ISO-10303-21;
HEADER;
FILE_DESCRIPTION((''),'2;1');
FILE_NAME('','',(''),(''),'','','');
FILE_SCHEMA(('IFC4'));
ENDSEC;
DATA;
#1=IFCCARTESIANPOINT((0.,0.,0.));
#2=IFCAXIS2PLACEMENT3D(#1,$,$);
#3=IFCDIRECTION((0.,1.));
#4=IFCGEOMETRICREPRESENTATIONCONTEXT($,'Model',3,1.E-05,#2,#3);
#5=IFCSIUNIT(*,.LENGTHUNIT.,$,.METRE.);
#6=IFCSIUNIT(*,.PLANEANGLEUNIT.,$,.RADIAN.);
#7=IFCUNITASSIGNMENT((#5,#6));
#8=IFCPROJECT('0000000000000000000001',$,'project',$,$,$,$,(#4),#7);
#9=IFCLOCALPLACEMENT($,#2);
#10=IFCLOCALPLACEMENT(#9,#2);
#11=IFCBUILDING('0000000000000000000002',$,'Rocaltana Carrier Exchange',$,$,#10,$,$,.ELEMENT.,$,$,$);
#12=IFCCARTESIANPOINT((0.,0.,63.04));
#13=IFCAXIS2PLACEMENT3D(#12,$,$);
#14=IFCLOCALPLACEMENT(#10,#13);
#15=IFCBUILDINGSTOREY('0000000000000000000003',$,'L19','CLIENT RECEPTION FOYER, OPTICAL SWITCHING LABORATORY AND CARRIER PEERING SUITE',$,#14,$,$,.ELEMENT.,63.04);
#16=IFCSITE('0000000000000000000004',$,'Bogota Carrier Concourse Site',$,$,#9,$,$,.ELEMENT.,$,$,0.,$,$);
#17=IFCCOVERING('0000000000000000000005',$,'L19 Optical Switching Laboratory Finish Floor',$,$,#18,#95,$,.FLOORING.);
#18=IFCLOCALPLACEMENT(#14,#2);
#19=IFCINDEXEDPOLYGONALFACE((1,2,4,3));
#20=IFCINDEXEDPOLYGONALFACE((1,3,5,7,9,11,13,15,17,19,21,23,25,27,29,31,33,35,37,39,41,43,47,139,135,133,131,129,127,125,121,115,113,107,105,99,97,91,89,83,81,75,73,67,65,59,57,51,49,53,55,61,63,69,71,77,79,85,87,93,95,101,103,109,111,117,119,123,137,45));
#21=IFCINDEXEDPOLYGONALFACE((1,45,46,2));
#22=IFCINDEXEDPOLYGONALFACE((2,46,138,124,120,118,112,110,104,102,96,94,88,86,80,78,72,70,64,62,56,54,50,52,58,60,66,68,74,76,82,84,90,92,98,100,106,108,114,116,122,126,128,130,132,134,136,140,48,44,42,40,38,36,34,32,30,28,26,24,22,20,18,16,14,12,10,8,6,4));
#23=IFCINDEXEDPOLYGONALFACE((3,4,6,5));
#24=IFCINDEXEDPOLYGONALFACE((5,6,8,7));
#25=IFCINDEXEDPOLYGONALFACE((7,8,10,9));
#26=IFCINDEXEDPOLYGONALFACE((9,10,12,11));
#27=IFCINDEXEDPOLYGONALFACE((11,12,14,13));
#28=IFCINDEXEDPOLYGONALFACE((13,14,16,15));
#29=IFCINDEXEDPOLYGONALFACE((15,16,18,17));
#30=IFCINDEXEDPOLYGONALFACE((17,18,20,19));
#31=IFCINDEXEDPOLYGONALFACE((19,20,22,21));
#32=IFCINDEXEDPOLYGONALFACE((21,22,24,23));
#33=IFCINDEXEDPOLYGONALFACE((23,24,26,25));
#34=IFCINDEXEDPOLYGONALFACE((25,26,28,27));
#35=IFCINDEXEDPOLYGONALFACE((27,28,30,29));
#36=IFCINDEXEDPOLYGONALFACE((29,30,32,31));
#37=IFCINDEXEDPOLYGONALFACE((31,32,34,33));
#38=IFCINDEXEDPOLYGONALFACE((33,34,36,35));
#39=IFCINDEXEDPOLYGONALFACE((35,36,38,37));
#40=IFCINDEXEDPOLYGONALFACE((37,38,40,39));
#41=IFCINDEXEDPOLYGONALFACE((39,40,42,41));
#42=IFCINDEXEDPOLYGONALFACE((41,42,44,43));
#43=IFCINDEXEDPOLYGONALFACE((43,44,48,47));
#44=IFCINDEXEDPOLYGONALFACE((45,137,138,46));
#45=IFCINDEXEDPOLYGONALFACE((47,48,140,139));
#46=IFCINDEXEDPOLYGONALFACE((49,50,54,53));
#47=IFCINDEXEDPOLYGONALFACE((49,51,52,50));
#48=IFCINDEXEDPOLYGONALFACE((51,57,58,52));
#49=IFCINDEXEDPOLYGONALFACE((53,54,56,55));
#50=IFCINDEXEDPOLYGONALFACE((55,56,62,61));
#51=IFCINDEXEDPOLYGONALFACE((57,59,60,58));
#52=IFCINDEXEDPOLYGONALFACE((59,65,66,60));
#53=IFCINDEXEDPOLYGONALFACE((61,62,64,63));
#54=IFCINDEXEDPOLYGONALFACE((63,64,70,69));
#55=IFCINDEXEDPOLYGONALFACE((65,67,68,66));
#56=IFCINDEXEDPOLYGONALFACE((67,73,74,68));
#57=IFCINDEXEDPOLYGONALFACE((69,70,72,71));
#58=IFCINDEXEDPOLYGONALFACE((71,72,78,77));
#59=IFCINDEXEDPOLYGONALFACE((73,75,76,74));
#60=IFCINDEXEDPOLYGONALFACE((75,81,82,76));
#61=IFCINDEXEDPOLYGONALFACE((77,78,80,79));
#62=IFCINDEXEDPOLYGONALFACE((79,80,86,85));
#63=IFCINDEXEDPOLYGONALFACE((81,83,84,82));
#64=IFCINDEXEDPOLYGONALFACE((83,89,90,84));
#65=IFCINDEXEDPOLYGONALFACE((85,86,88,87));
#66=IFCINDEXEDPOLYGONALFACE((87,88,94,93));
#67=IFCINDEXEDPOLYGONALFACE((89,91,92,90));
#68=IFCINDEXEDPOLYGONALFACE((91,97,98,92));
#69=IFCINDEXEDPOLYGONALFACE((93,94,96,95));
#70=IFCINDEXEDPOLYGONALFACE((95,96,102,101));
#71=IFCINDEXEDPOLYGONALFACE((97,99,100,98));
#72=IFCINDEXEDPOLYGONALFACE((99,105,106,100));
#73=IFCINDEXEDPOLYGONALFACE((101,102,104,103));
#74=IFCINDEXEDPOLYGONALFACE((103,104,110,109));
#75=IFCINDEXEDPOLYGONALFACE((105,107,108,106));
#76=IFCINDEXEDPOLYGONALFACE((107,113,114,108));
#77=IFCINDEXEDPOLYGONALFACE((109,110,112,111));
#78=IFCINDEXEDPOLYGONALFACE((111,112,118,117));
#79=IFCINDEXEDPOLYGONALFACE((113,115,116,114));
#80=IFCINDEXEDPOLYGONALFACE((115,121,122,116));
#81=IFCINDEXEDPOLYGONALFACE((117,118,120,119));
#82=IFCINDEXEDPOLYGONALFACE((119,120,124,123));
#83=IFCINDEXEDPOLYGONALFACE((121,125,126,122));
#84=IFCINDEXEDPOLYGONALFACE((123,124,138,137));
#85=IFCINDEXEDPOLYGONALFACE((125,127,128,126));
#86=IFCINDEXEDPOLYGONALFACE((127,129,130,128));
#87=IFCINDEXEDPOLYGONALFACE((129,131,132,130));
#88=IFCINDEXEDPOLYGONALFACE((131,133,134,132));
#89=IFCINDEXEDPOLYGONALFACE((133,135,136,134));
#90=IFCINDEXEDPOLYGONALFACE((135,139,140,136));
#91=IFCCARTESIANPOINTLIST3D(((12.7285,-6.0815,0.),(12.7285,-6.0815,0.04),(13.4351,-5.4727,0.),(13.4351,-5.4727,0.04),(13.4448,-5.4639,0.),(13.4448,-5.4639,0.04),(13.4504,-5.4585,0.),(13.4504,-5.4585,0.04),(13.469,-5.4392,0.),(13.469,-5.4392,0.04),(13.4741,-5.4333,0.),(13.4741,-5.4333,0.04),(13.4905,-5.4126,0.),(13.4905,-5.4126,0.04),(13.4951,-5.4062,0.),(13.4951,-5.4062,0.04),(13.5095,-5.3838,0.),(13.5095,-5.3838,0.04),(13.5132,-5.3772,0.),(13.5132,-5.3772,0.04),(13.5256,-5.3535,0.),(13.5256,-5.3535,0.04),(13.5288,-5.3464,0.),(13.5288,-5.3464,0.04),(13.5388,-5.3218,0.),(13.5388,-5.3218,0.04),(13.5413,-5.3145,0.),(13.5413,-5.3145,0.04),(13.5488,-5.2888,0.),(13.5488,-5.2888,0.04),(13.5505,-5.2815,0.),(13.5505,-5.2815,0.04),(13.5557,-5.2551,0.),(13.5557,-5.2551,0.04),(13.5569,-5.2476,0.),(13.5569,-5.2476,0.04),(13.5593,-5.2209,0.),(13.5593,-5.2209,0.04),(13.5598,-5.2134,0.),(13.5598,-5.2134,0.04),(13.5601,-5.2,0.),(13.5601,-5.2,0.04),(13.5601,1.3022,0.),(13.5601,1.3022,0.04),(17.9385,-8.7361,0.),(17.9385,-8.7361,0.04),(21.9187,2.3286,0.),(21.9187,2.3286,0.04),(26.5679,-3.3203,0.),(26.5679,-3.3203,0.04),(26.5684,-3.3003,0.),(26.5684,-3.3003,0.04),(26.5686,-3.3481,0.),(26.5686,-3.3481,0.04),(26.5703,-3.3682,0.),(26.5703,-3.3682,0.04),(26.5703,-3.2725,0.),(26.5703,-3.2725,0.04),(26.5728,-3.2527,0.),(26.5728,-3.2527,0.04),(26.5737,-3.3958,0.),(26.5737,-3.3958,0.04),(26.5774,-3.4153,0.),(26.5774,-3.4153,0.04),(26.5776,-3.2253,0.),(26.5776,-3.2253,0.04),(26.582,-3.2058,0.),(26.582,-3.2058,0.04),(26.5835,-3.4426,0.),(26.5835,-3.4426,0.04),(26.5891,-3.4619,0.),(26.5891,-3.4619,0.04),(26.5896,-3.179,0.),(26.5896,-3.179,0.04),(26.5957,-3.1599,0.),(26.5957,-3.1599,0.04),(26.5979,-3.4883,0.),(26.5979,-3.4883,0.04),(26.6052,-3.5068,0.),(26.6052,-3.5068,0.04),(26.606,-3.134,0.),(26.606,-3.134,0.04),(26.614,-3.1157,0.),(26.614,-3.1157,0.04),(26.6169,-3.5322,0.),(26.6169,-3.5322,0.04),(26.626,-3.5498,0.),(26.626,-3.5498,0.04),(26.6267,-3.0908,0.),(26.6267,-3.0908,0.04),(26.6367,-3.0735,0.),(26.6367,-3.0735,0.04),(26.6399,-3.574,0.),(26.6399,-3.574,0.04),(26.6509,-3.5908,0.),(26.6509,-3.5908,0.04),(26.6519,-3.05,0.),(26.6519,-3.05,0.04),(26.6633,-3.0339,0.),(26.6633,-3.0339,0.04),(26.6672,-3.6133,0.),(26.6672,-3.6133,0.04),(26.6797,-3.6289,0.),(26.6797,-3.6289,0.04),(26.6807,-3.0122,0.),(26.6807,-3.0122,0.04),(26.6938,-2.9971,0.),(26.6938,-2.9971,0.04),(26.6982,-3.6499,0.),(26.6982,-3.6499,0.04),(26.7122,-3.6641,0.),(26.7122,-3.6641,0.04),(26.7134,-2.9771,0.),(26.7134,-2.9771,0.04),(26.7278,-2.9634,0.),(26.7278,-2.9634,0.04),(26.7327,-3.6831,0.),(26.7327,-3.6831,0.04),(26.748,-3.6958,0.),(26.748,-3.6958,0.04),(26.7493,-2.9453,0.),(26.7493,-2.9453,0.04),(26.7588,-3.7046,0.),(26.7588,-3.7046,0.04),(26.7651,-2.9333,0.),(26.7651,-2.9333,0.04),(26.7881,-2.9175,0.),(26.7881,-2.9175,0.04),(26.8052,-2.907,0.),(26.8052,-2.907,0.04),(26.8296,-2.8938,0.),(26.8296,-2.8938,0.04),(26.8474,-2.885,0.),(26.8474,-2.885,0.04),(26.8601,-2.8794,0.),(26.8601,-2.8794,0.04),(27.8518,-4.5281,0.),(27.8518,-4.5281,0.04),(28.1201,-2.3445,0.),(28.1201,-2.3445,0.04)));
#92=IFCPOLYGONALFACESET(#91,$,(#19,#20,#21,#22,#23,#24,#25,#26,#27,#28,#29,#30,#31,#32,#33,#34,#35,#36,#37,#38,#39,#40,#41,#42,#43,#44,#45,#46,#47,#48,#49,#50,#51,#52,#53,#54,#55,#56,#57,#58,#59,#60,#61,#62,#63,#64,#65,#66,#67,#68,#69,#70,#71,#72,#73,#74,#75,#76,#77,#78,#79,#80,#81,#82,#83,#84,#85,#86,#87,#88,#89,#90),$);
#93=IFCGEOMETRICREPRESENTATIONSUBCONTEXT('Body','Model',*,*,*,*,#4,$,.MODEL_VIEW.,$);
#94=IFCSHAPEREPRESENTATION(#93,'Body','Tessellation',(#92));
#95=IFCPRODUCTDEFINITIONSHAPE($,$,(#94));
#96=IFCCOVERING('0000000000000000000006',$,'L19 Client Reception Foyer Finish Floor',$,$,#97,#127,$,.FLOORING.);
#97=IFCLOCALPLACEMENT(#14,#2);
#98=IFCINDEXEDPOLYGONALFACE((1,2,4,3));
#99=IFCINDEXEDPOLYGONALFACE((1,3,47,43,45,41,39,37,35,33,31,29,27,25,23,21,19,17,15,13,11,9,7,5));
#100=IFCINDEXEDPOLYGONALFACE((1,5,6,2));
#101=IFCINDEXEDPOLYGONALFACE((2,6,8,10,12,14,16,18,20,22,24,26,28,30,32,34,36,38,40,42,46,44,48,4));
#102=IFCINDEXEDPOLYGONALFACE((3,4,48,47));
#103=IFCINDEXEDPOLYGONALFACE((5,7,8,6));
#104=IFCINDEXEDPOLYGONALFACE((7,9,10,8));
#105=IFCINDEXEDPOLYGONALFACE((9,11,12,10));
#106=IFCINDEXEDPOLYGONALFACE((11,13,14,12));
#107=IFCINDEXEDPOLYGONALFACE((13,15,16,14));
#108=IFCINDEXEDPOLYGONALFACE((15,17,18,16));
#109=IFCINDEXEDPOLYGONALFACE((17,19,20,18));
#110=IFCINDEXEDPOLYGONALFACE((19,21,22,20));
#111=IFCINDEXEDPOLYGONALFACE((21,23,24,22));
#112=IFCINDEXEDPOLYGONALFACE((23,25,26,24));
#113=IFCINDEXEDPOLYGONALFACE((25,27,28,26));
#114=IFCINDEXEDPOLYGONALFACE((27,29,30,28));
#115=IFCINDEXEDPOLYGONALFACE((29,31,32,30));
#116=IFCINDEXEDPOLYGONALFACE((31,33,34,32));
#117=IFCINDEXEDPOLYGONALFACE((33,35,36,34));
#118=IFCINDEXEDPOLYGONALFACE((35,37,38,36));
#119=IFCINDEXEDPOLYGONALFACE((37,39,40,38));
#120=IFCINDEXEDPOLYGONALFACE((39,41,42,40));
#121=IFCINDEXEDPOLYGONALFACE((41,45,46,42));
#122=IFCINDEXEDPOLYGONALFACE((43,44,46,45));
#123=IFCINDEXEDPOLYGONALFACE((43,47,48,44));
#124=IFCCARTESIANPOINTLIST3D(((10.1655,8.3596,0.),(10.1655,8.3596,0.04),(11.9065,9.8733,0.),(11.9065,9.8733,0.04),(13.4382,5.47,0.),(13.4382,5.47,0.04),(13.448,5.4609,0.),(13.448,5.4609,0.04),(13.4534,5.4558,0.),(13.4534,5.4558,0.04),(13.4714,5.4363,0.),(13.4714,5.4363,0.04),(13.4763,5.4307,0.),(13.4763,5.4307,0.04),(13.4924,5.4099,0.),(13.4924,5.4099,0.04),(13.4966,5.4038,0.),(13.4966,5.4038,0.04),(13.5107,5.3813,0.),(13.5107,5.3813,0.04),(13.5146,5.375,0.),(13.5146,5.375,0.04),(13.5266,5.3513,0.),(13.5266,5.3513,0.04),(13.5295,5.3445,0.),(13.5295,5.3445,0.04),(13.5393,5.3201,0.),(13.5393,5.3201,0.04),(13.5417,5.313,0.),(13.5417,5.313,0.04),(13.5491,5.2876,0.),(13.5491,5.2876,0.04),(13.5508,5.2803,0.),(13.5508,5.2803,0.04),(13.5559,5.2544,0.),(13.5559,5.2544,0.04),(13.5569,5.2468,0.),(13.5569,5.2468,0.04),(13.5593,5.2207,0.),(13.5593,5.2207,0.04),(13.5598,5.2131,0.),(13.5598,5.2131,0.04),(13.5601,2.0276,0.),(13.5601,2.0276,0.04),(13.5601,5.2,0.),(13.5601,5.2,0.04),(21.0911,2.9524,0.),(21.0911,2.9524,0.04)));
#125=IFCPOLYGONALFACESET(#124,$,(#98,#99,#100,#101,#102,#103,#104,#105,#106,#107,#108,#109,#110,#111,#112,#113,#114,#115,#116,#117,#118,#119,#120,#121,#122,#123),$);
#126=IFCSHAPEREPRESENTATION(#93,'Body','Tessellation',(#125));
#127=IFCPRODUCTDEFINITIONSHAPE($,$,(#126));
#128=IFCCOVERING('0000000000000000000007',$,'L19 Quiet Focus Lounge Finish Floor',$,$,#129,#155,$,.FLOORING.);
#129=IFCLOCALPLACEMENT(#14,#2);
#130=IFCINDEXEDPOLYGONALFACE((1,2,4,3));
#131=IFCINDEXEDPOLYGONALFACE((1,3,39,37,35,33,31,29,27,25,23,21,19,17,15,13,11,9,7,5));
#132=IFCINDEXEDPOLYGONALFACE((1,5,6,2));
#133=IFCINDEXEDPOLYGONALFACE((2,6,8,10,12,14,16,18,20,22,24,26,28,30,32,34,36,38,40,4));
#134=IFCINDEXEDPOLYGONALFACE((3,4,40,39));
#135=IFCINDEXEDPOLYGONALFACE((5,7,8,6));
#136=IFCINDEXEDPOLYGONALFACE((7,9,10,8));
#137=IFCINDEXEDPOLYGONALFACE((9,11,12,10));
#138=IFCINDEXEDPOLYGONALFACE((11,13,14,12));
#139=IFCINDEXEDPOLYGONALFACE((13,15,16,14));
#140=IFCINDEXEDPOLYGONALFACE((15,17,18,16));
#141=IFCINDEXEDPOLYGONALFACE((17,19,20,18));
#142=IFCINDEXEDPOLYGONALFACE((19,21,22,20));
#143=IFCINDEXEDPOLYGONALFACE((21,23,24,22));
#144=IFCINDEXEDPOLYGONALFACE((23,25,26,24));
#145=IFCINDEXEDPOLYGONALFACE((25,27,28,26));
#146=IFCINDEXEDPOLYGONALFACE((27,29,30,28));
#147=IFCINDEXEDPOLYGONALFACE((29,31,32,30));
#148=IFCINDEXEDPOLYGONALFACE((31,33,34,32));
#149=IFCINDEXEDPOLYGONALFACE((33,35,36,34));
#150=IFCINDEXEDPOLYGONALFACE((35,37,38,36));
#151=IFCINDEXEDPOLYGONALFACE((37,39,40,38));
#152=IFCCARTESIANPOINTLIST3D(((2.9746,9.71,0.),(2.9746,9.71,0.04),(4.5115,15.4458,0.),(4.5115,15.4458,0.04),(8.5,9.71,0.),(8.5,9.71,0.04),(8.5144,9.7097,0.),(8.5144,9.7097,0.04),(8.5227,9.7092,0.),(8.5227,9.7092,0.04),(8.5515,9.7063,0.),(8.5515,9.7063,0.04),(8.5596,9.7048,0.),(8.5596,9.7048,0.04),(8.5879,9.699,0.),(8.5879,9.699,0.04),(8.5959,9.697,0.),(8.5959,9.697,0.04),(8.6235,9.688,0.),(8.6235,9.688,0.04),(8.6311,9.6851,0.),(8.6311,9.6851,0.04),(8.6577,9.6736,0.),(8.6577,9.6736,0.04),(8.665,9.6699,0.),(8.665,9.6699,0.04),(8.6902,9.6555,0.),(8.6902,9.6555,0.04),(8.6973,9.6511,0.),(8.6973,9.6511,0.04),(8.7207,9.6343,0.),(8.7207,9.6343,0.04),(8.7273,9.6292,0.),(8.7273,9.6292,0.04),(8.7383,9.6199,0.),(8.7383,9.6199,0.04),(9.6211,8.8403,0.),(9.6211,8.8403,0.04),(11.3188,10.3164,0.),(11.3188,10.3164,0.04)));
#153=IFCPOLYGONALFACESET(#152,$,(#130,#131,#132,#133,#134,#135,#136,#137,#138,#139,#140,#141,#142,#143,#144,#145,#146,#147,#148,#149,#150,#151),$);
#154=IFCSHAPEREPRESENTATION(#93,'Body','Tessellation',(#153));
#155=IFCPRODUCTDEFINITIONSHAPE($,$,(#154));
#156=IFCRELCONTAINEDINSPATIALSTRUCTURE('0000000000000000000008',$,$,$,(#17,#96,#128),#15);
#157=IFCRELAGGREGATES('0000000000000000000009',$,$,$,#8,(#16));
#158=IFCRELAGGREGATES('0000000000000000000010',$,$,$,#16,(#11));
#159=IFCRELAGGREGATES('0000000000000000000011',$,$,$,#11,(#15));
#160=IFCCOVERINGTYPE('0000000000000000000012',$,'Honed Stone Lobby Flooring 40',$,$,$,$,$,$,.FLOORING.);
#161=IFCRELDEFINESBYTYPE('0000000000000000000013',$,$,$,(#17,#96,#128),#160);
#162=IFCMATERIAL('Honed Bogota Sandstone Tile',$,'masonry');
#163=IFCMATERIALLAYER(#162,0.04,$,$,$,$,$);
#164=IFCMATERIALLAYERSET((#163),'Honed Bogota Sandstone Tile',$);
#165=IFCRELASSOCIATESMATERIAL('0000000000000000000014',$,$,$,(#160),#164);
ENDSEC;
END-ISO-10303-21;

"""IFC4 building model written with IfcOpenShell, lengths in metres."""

from ifc_helpers import new_model, si_unit, direction, frame, origin, place, context, subcontext, project, spatial, polyline, outline, extrude, material, layer, layer_set, type_object, element, save


model = new_model("IFC4")

# Units and contexts
model_context = context("Model", 3, precision=1e-05, world=origin(), true_north=direction((0.0, 1.0)))
body_context = subcontext(model_context, "Body", "Model", "MODEL_VIEW")
ifc_project = project(units=[si_unit("LENGTHUNIT", "METRE"), si_unit("PLANEANGLEUNIT", "RADIAN")], contexts=[model_context])

# Site, building, storey
site_placement = place(None, origin())
site = spatial("IfcSite", under=ifc_project, at=site_placement, Name="Bogota Carrier Concourse Site", CompositionType="ELEMENT", RefElevation=0.0)
building_placement = place(site_placement, origin())
building = spatial("IfcBuilding", under=site, at=building_placement, Name="Rocaltana Carrier Exchange", CompositionType="ELEMENT")
storey_placement = place(building_placement, frame((0.0, 0.0, 63.04)))
storey = spatial("IfcBuildingStorey", under=building, at=storey_placement, Name="L19", Description="CLIENT RECEPTION FOYER, OPTICAL SWITCHING LABORATORY AND CARRIER PEERING SUITE", CompositionType="ELEMENT", Elevation=63.04)

# Coverings
ifc_material_1 = material(Name="Honed Bogota Sandstone Tile", Category="masonry")
ifc_layer_1 = layer(ifc_material_1, 0.04)
ifc_layer_set_1 = layer_set([ifc_layer_1], Name="Honed Bogota Sandstone Tile")
covering_type_1 = type_object("IfcCoveringType", Name="Honed Stone Lobby Flooring 40", PredefinedType="FLOORING", material=ifc_layer_set_1)
covering_1_placement = place(storey_placement, origin())
element("IfcCovering", 1, at=covering_1_placement, inside=storey, type_object=covering_type_1, Name="L19 Optical Switching Laboratory Finish Floor", PredefinedType="FLOORING", context=body_context, shape_type="SweptSolid", body=[
    extrude(outline(polyline([(28.1201, -2.3445), (26.8601, -2.8794), (26.8474, -2.885), (26.8296, -2.8938), (26.8052, -2.907), (26.7881, -2.9175), (26.7651, -2.9333), (26.7493, -2.9453), (26.7278, -2.9634), (26.7134, -2.9771), (26.6938, -2.9971), (26.6807, -3.0122), (26.6633, -3.0339), (26.6519, -3.05), (26.6367, -3.0735), (26.6267, -3.0908), (26.614, -3.1157), (26.606, -3.134), (26.5957, -3.1599), (26.5896, -3.179), (26.582, -3.2058), (26.5776, -3.2253), (26.5728, -3.2527), (26.5703, -3.2725), (26.5684, -3.3003), (26.5679, -3.3203), (26.5686, -3.3481), (26.5703, -3.3682), (26.5737, -3.3958), (26.5774, -3.4153), (26.5835, -3.4426), (26.5891, -3.4619), (26.5979, -3.4883), (26.6052, -3.5068), (26.6169, -3.5322), (26.626, -3.5498), (26.6399, -3.574), (26.6509, -3.5908), (26.6672, -3.6133), (26.6797, -3.6289), (26.6982, -3.6499), (26.7122, -3.6641), (26.7327, -3.6831), (26.748, -3.6958), (26.7588, -3.7046), (27.8518, -4.5281), (17.9385, -8.7361), (12.7285, -6.0815), (13.4351, -5.4727), (13.4448, -5.4639), (13.4504, -5.4585), (13.469, -5.4392), (13.4741, -5.4333), (13.4905, -5.4126), (13.4951, -5.4062), (13.5095, -5.3838), (13.5132, -5.3772), (13.5256, -5.3535), (13.5288, -5.3464), (13.5388, -5.3218), (13.5413, -5.3145), (13.5488, -5.2888), (13.5505, -5.2815), (13.5557, -5.2551), (13.5569, -5.2476), (13.5593, -5.2209), (13.5598, -5.2134), (13.5601, -5.2), (13.5601, 1.3022), (21.9187, 2.3286), (28.1201, -2.3445)])), origin(), (0.0, 0.0, 1.0), 0.04),
])
covering_2_placement = place(storey_placement, origin())
element("IfcCovering", 2, at=covering_2_placement, inside=storey, type_object=covering_type_1, Name="L19 Client Reception Foyer Finish Floor", PredefinedType="FLOORING", context=body_context, shape_type="SweptSolid", body=[
    extrude(outline(polyline([(21.0911, 2.9524), (13.5601, 2.0276), (13.5601, 5.2), (13.5598, 5.2131), (13.5593, 5.2207), (13.5569, 5.2468), (13.5559, 5.2544), (13.5508, 5.2803), (13.5491, 5.2876), (13.5417, 5.313), (13.5393, 5.3201), (13.5295, 5.3445), (13.5266, 5.3513), (13.5146, 5.375), (13.5107, 5.3813), (13.4966, 5.4038), (13.4924, 5.4099), (13.4763, 5.4307), (13.4714, 5.4363), (13.4534, 5.4558), (13.448, 5.4609), (13.4382, 5.47), (10.1655, 8.3596), (11.9065, 9.8733), (21.0911, 2.9524)])), origin(), (0.0, 0.0, 1.0), 0.04),
])
covering_3_placement = place(storey_placement, origin())
element("IfcCovering", 3, at=covering_3_placement, inside=storey, type_object=covering_type_1, Name="L19 Quiet Focus Lounge Finish Floor", PredefinedType="FLOORING", context=body_context, shape_type="SweptSolid", body=[
    extrude(outline(polyline([(11.3188, 10.3164), (9.6211, 8.8403), (8.7383, 9.6199), (8.7273, 9.6292), (8.7207, 9.6343), (8.6973, 9.6511), (8.6902, 9.6555), (8.665, 9.6699), (8.6577, 9.6736), (8.6311, 9.6851), (8.6235, 9.688), (8.5959, 9.697), (8.5879, 9.699), (8.5596, 9.7048), (8.5515, 9.7063), (8.5227, 9.7092), (8.5144, 9.7097), (8.5, 9.71), (2.9746, 9.71), (4.5115, 15.4458), (11.3188, 10.3164)])), origin(), (0.0, 0.0, 1.0), 0.04),
])

save(model, "model.ifc")
